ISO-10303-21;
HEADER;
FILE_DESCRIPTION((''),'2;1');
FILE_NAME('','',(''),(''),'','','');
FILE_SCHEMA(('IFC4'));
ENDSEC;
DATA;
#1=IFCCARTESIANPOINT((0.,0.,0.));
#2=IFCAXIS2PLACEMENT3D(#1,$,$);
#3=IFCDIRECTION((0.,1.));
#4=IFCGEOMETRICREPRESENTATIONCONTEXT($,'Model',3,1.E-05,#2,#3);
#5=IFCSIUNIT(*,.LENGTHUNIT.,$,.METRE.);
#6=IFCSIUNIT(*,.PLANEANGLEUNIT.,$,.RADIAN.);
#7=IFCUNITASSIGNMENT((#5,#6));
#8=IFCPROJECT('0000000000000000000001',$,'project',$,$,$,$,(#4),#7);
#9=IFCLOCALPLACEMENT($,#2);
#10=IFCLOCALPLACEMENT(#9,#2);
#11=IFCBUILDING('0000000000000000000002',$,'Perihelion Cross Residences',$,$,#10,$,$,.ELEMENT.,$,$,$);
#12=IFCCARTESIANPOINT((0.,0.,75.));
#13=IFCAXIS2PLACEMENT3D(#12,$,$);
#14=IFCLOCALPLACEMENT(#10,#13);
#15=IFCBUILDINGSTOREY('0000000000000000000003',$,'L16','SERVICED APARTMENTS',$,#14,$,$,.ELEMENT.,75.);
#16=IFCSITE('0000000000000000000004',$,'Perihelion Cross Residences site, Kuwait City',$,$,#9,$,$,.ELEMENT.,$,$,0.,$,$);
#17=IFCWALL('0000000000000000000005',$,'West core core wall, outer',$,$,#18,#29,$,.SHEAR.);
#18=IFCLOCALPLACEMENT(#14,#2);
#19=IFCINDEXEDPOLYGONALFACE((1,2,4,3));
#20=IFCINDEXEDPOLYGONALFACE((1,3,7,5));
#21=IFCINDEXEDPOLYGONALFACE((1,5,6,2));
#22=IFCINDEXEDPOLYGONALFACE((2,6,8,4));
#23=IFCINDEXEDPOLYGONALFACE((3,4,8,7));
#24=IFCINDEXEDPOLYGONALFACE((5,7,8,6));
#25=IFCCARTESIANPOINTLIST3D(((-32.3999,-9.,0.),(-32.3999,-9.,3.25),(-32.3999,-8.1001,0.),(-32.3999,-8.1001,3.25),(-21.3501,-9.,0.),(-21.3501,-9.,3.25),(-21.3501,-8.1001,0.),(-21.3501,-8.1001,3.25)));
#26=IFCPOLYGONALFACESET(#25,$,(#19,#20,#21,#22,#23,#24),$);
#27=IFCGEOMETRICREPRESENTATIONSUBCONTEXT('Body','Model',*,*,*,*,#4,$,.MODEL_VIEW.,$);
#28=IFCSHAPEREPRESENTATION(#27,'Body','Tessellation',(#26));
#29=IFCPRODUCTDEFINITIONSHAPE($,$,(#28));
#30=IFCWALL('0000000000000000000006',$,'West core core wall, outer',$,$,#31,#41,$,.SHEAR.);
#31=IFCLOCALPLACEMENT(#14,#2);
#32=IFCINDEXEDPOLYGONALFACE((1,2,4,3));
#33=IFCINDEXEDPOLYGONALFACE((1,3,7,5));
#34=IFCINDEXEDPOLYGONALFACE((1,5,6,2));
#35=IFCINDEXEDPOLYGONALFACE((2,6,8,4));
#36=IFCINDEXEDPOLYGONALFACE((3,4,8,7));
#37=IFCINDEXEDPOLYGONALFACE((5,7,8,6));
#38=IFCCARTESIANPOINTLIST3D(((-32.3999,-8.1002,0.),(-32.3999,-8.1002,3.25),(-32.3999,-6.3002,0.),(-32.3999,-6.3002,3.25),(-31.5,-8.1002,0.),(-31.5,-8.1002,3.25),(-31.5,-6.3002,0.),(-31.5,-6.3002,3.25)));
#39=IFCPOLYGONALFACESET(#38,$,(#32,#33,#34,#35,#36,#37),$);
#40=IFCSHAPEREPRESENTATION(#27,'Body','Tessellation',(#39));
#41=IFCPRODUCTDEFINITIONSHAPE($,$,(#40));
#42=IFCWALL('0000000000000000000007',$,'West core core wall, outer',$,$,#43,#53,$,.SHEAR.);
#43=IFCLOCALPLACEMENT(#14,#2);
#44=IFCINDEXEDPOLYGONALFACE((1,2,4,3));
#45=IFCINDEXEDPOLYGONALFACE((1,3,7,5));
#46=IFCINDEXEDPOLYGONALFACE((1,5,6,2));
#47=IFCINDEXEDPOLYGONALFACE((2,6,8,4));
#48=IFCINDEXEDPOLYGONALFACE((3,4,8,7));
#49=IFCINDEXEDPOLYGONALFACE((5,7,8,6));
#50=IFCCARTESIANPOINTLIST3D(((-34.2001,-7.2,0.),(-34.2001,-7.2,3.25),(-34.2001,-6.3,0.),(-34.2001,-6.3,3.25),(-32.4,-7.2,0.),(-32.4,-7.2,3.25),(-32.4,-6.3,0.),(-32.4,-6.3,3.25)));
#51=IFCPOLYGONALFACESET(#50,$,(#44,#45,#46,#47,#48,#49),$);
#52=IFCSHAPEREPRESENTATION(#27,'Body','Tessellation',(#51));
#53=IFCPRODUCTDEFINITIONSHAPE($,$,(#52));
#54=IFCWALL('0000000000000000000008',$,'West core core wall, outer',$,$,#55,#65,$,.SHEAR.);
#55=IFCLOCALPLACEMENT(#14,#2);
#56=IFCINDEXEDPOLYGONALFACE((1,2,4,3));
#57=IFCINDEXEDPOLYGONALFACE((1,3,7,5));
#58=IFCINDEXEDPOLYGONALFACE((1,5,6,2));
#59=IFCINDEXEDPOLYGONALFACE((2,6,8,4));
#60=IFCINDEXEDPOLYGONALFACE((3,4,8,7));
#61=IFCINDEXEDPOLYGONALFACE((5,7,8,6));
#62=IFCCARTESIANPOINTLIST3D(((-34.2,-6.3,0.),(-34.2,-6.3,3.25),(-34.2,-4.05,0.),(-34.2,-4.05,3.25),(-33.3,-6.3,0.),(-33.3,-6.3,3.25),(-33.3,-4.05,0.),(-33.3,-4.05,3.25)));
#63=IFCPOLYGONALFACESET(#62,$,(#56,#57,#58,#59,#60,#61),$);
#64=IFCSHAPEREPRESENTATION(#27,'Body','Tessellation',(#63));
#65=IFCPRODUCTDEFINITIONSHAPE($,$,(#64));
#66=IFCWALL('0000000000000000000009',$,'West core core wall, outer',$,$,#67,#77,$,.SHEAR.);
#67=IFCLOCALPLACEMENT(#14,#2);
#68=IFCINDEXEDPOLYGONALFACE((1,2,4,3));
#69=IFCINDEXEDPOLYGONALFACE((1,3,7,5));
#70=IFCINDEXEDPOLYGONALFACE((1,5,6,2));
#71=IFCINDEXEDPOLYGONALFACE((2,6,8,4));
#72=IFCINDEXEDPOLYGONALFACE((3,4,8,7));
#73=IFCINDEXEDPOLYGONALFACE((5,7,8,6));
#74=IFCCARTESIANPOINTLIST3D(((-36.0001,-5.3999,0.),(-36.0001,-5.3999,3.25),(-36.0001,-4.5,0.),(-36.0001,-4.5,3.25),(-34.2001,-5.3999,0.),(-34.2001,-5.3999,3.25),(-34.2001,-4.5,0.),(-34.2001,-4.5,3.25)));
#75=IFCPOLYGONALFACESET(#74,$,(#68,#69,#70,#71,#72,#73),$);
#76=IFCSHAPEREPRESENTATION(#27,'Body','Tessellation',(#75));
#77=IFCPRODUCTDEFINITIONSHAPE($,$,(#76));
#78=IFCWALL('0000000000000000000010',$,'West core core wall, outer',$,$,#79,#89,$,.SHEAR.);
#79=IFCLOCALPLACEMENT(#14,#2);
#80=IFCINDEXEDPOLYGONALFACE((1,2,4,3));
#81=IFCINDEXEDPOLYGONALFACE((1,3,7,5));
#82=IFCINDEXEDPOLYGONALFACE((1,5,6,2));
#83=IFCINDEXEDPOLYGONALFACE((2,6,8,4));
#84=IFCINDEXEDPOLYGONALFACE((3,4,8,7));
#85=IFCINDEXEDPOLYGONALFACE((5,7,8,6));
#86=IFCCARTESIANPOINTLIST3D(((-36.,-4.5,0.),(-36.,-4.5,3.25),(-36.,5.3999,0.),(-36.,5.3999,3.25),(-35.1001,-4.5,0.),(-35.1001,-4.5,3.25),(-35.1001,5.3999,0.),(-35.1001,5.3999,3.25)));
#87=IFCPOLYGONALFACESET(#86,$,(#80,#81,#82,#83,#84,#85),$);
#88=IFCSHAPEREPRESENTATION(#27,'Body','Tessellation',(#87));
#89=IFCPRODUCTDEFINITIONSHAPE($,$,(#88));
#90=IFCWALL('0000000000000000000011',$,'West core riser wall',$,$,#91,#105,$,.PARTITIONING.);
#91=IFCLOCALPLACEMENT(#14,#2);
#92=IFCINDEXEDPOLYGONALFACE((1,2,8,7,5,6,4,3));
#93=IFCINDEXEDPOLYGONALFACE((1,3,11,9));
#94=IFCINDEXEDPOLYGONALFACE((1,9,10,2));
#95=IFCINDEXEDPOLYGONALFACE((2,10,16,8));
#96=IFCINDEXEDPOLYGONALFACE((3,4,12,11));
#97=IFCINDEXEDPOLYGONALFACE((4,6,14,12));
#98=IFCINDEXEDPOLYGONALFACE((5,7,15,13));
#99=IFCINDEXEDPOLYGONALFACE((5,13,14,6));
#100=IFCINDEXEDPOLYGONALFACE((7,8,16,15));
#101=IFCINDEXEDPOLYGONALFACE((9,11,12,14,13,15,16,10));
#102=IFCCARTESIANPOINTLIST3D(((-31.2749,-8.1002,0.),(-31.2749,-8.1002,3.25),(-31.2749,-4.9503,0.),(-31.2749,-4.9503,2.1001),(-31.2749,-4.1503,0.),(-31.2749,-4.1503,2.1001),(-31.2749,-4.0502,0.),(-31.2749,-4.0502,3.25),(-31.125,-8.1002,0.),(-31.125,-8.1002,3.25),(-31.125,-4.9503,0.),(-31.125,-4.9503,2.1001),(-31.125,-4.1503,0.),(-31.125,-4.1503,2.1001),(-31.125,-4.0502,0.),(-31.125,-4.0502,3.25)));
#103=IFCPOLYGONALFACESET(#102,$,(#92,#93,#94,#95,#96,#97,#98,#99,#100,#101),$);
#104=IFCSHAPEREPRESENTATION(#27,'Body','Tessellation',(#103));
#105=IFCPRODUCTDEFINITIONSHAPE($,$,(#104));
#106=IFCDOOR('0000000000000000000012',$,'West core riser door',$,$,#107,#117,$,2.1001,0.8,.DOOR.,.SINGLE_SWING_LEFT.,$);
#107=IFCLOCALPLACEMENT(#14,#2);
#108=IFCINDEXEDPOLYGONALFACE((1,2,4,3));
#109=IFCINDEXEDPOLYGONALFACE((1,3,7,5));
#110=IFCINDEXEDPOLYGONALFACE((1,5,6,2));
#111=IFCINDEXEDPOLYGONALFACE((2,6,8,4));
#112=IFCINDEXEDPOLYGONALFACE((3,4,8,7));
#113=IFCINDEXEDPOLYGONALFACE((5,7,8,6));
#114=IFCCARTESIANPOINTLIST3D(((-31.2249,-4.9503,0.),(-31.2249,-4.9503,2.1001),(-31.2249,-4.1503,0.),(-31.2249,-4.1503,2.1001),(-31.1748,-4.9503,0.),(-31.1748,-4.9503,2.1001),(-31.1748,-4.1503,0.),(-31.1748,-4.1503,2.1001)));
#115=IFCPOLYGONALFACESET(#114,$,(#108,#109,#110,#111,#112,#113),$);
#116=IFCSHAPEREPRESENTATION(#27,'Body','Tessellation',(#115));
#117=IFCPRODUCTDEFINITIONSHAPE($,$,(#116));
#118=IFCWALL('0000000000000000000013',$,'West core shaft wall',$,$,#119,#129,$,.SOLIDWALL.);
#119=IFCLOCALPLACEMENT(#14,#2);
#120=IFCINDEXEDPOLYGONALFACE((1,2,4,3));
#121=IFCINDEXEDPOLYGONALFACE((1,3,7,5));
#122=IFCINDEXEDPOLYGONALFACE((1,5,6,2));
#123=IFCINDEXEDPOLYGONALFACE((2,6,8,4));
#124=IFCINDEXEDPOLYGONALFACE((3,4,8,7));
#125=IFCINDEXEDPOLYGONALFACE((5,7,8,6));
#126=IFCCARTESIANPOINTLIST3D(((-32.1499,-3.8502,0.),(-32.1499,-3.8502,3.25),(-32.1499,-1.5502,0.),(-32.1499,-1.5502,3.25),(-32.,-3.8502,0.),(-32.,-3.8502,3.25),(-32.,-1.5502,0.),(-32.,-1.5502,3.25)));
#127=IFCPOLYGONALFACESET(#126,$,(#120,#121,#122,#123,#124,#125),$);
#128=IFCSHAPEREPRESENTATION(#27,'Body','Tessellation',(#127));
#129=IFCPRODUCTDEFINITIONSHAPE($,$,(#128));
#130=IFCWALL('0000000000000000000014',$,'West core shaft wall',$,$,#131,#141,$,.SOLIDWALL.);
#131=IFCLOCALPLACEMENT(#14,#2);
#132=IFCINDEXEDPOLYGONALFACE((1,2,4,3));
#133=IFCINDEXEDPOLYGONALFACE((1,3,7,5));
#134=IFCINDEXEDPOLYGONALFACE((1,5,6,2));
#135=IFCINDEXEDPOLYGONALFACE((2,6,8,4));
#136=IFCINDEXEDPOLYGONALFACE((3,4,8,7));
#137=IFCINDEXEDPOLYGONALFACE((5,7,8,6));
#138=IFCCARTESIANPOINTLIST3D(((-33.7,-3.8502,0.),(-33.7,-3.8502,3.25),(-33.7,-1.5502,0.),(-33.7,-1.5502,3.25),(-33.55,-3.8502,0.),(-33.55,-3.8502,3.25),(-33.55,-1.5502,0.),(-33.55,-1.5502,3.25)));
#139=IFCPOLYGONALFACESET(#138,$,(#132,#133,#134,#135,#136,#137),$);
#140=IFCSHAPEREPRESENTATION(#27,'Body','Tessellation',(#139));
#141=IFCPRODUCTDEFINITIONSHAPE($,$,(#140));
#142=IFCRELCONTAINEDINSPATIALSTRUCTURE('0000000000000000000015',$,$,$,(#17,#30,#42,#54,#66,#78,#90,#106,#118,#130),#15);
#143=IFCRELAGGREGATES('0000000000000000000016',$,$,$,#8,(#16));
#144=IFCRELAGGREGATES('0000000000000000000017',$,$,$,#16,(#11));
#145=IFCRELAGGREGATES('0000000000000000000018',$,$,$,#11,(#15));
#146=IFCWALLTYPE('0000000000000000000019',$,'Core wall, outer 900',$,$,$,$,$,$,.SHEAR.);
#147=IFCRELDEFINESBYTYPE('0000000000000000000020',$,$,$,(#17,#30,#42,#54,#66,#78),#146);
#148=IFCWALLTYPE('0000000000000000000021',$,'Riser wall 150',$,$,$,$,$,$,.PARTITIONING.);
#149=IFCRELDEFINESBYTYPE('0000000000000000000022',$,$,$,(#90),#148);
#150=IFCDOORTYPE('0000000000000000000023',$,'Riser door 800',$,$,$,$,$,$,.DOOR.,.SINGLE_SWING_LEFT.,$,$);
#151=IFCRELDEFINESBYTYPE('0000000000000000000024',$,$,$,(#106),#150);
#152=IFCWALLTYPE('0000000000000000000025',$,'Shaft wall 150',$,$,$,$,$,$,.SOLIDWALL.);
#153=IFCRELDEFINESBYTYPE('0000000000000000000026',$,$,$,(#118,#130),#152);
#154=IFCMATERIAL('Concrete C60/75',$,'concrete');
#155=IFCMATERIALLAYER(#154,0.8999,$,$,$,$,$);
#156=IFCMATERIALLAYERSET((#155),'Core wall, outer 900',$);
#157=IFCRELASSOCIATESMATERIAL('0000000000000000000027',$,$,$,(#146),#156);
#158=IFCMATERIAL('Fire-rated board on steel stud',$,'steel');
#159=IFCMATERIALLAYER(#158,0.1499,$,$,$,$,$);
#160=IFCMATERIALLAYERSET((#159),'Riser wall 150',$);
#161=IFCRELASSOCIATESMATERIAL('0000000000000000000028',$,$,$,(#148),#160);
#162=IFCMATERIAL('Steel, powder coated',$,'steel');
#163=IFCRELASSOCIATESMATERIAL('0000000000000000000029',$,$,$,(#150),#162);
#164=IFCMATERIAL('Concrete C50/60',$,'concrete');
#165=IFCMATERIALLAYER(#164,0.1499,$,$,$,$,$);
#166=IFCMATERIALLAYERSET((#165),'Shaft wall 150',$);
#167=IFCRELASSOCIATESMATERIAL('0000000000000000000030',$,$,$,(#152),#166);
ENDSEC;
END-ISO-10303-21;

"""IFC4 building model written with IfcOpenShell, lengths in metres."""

from ifc_helpers import new_model, si_unit, direction, frame, frame_2d, origin, place, context, subcontext, project, spatial, rectangle, extrude, material, layer, layer_set, type_object, element, fill, save


model = new_model("IFC4")

# Units and contexts
model_context = context("Model", 3, precision=1e-05, world=origin(), true_north=direction((0.0, 1.0)))
body_context = subcontext(model_context, "Body", "Model", "MODEL_VIEW")
ifc_project = project(units=[si_unit("LENGTHUNIT", "METRE"), si_unit("PLANEANGLEUNIT", "RADIAN")], contexts=[model_context])

# Site, building, storey
site_placement = place(None, origin())
site = spatial("IfcSite", under=ifc_project, at=site_placement, Name="Perihelion Cross Residences site, Kuwait City", CompositionType="ELEMENT", RefElevation=0.0)
building_placement = place(site_placement, origin())
building = spatial("IfcBuilding", under=site, at=building_placement, Name="Perihelion Cross Residences", CompositionType="ELEMENT")
storey_placement = place(building_placement, frame((0.0, 0.0, 75.0)))
storey = spatial("IfcBuildingStorey", under=building, at=storey_placement, Name="L16", Description="SERVICED APARTMENTS", CompositionType="ELEMENT", Elevation=75.0)

# Walls
ifc_material_1 = material(Name="Concrete C60/75", Category="concrete")
ifc_layer_1 = layer(ifc_material_1, 0.8999)
ifc_layer_set_1 = layer_set([ifc_layer_1], Name="Core wall, outer 900")
wall_type_1 = type_object("IfcWallType", Name="Core wall, outer 900", PredefinedType="SHEAR", material=ifc_layer_set_1)
wall_1_placement = place(storey_placement, frame((-32.3999, -8.55, 0.0), z_axis=(0.0, 0.0, 1.0), x_axis=(1.0, 0.0, 0.0)))
element("IfcWall", 1, at=wall_1_placement, inside=storey, type_object=wall_type_1, Name="West core core wall, outer", PredefinedType="SHEAR", context=body_context, shape_type="SweptSolid", body=[
    extrude(rectangle(XDim=11.0498, YDim=0.8999, at=frame_2d((5.5249, 0.0))), origin(), (0.0, 0.0, 1.0), 3.25),
])
for number, where, z_axis, x_axis, name in (
    (2, (-31.95, -8.1001, 0.0), (0.0, 0.0, 1.0), (0.0, 1.0, 0.0), "West core core wall, outer"),
    (3, (-34.2, -6.75, 0.0), (0.0, 0.0, 1.0), (1.0, 0.0, 0.0), "West core core wall, outer"),
):
    element("IfcWall", number, at=place(storey_placement, frame(where, z_axis=z_axis, x_axis=x_axis)), inside=storey, type_object=wall_type_1, Name=name, PredefinedType="SHEAR", context=body_context, shape_type="SweptSolid", body=[
        extrude(rectangle(XDim=1.8, YDim=0.8999, at=frame_2d((0.8999, 0.0))), origin(), (0.0, 0.0, 1.0), 3.25),
    ])
wall_2_placement = place(storey_placement, frame((-33.75, -6.3, 0.0), z_axis=(0.0, 0.0, 1.0), x_axis=(0.0, 1.0, 0.0)))
element("IfcWall", 4, at=wall_2_placement, inside=storey, type_object=wall_type_1, Name="West core core wall, outer", PredefinedType="SHEAR", context=body_context, shape_type="SweptSolid", body=[
    extrude(rectangle(XDim=2.25, YDim=0.8999, at=frame_2d((1.125, 0.0))), origin(), (0.0, 0.0, 1.0), 3.25),
])
wall_3_placement = place(storey_placement, frame((-36.0, -4.95, 0.0), z_axis=(0.0, 0.0, 1.0), x_axis=(1.0, 0.0, 0.0)))
element("IfcWall", 5, at=wall_3_placement, inside=storey, type_object=wall_type_1, Name="West core core wall, outer", PredefinedType="SHEAR", context=body_context, shape_type="SweptSolid", body=[
    extrude(rectangle(XDim=1.8, YDim=0.8999, at=frame_2d((0.8999, 0.0))), origin(), (0.0, 0.0, 1.0), 3.25),
])
wall_4_placement = place(storey_placement, frame((-35.55, -4.5, 0.0), z_axis=(0.0, 0.0, 1.0), x_axis=(0.0, 1.0, 0.0)))
element("IfcWall", 6, at=wall_4_placement, inside=storey, type_object=wall_type_1, Name="West core core wall, outer", PredefinedType="SHEAR", context=body_context, shape_type="SweptSolid", body=[
    extrude(rectangle(XDim=9.8999, YDim=0.8999, at=frame_2d((4.95, 0.0))), origin(), (0.0, 0.0, 1.0), 3.25),
])

# Wall, opening, door
ifc_material_2 = material(Name="Fire-rated board on steel stud", Category="steel")
ifc_layer_2 = layer(ifc_material_2, 0.1499)
ifc_layer_set_2 = layer_set([ifc_layer_2], Name="Riser wall 150")
wall_type_2 = type_object("IfcWallType", Name="Riser wall 150", PredefinedType="PARTITIONING", material=ifc_layer_set_2)
wall_5_placement = place(storey_placement, frame((-31.2, -8.1001, 0.0), z_axis=(0.0, 0.0, 1.0), x_axis=(0.0, 1.0, 0.0)))
wall_5 = element("IfcWall", 7, at=wall_5_placement, inside=storey, type_object=wall_type_2, Name="West core riser wall", PredefinedType="PARTITIONING", context=body_context, shape_type="SweptSolid", body=[
    extrude(rectangle(XDim=4.05, YDim=0.1499, at=frame_2d((2.0249, 0.0))), origin(), (0.0, 0.0, 1.0), 3.25),
])
opening_1_placement = place(wall_5_placement, frame((3.1499, 0.0, 0.0)))
opening_1 = element("IfcOpeningElement", 8, at=opening_1_placement, cuts=wall_5, PredefinedType="OPENING", context=body_context, shape_type="SweptSolid", body=[
    extrude(rectangle(XDim=0.8, YDim=2.1001, at=frame_2d((0.3999, 1.05))), frame((0.0, 0.085, 0.0), z_axis=(0.0, -1.0, 0.0), x_axis=(1.0, 0.0, 0.0)), (0.0, 0.0, 1.0), 0.1699),
])
ifc_material_3 = material(Name="Steel, powder coated", Category="steel")
door_type_1 = type_object("IfcDoorType", Name="Riser door 800", OperationType="SINGLE_SWING_LEFT", PredefinedType="DOOR", material=ifc_material_3)
door_1_placement = place(opening_1_placement, origin())
door_1 = element("IfcDoor", 9, at=door_1_placement, inside=storey, type_object=door_type_1, Name="West core riser door", OperationType="SINGLE_SWING_LEFT", OverallHeight=2.1001, OverallWidth=0.8, PredefinedType="DOOR", context=body_context, shape_type="SweptSolid", body=[
    extrude(rectangle(XDim=0.8, YDim=2.1001, at=frame_2d((0.3999, 1.05))), frame((0.0, 0.0249, 0.0), z_axis=(0.0, -1.0, 0.0), x_axis=(1.0, 0.0, 0.0)), (0.0, 0.0, 1.0), 0.05),
])
fill(opening_1, door_1)

# Walls
ifc_material_4 = material(Name="Concrete C50/60", Category="concrete")
ifc_layer_3 = layer(ifc_material_4, 0.1499)
ifc_layer_set_3 = layer_set([ifc_layer_3], Name="Shaft wall 150")
wall_type_3 = type_object("IfcWallType", Name="Shaft wall 150", PredefinedType="SOLIDWALL", material=ifc_layer_set_3)
for number, where, z_axis, x_axis, name in (
    (10, (-32.075, -3.8501, 0.0), (0.0, 0.0, 1.0), (0.0, 1.0, 0.0), "West core shaft wall"),
    (11, (-33.625, -3.8501, 0.0), (0.0, 0.0, 1.0), (0.0, 1.0, 0.0), "West core shaft wall"),
):
    element("IfcWall", number, at=place(storey_placement, frame(where, z_axis=z_axis, x_axis=x_axis)), inside=storey, type_object=wall_type_3, Name=name, PredefinedType="SOLIDWALL", context=body_context, shape_type="SweptSolid", body=[
        extrude(rectangle(XDim=2.3, YDim=0.1499, at=frame_2d((1.1499, 0.0))), origin(), (0.0, 0.0, 1.0), 3.25),
    ])

save(model, "model.ifc")
